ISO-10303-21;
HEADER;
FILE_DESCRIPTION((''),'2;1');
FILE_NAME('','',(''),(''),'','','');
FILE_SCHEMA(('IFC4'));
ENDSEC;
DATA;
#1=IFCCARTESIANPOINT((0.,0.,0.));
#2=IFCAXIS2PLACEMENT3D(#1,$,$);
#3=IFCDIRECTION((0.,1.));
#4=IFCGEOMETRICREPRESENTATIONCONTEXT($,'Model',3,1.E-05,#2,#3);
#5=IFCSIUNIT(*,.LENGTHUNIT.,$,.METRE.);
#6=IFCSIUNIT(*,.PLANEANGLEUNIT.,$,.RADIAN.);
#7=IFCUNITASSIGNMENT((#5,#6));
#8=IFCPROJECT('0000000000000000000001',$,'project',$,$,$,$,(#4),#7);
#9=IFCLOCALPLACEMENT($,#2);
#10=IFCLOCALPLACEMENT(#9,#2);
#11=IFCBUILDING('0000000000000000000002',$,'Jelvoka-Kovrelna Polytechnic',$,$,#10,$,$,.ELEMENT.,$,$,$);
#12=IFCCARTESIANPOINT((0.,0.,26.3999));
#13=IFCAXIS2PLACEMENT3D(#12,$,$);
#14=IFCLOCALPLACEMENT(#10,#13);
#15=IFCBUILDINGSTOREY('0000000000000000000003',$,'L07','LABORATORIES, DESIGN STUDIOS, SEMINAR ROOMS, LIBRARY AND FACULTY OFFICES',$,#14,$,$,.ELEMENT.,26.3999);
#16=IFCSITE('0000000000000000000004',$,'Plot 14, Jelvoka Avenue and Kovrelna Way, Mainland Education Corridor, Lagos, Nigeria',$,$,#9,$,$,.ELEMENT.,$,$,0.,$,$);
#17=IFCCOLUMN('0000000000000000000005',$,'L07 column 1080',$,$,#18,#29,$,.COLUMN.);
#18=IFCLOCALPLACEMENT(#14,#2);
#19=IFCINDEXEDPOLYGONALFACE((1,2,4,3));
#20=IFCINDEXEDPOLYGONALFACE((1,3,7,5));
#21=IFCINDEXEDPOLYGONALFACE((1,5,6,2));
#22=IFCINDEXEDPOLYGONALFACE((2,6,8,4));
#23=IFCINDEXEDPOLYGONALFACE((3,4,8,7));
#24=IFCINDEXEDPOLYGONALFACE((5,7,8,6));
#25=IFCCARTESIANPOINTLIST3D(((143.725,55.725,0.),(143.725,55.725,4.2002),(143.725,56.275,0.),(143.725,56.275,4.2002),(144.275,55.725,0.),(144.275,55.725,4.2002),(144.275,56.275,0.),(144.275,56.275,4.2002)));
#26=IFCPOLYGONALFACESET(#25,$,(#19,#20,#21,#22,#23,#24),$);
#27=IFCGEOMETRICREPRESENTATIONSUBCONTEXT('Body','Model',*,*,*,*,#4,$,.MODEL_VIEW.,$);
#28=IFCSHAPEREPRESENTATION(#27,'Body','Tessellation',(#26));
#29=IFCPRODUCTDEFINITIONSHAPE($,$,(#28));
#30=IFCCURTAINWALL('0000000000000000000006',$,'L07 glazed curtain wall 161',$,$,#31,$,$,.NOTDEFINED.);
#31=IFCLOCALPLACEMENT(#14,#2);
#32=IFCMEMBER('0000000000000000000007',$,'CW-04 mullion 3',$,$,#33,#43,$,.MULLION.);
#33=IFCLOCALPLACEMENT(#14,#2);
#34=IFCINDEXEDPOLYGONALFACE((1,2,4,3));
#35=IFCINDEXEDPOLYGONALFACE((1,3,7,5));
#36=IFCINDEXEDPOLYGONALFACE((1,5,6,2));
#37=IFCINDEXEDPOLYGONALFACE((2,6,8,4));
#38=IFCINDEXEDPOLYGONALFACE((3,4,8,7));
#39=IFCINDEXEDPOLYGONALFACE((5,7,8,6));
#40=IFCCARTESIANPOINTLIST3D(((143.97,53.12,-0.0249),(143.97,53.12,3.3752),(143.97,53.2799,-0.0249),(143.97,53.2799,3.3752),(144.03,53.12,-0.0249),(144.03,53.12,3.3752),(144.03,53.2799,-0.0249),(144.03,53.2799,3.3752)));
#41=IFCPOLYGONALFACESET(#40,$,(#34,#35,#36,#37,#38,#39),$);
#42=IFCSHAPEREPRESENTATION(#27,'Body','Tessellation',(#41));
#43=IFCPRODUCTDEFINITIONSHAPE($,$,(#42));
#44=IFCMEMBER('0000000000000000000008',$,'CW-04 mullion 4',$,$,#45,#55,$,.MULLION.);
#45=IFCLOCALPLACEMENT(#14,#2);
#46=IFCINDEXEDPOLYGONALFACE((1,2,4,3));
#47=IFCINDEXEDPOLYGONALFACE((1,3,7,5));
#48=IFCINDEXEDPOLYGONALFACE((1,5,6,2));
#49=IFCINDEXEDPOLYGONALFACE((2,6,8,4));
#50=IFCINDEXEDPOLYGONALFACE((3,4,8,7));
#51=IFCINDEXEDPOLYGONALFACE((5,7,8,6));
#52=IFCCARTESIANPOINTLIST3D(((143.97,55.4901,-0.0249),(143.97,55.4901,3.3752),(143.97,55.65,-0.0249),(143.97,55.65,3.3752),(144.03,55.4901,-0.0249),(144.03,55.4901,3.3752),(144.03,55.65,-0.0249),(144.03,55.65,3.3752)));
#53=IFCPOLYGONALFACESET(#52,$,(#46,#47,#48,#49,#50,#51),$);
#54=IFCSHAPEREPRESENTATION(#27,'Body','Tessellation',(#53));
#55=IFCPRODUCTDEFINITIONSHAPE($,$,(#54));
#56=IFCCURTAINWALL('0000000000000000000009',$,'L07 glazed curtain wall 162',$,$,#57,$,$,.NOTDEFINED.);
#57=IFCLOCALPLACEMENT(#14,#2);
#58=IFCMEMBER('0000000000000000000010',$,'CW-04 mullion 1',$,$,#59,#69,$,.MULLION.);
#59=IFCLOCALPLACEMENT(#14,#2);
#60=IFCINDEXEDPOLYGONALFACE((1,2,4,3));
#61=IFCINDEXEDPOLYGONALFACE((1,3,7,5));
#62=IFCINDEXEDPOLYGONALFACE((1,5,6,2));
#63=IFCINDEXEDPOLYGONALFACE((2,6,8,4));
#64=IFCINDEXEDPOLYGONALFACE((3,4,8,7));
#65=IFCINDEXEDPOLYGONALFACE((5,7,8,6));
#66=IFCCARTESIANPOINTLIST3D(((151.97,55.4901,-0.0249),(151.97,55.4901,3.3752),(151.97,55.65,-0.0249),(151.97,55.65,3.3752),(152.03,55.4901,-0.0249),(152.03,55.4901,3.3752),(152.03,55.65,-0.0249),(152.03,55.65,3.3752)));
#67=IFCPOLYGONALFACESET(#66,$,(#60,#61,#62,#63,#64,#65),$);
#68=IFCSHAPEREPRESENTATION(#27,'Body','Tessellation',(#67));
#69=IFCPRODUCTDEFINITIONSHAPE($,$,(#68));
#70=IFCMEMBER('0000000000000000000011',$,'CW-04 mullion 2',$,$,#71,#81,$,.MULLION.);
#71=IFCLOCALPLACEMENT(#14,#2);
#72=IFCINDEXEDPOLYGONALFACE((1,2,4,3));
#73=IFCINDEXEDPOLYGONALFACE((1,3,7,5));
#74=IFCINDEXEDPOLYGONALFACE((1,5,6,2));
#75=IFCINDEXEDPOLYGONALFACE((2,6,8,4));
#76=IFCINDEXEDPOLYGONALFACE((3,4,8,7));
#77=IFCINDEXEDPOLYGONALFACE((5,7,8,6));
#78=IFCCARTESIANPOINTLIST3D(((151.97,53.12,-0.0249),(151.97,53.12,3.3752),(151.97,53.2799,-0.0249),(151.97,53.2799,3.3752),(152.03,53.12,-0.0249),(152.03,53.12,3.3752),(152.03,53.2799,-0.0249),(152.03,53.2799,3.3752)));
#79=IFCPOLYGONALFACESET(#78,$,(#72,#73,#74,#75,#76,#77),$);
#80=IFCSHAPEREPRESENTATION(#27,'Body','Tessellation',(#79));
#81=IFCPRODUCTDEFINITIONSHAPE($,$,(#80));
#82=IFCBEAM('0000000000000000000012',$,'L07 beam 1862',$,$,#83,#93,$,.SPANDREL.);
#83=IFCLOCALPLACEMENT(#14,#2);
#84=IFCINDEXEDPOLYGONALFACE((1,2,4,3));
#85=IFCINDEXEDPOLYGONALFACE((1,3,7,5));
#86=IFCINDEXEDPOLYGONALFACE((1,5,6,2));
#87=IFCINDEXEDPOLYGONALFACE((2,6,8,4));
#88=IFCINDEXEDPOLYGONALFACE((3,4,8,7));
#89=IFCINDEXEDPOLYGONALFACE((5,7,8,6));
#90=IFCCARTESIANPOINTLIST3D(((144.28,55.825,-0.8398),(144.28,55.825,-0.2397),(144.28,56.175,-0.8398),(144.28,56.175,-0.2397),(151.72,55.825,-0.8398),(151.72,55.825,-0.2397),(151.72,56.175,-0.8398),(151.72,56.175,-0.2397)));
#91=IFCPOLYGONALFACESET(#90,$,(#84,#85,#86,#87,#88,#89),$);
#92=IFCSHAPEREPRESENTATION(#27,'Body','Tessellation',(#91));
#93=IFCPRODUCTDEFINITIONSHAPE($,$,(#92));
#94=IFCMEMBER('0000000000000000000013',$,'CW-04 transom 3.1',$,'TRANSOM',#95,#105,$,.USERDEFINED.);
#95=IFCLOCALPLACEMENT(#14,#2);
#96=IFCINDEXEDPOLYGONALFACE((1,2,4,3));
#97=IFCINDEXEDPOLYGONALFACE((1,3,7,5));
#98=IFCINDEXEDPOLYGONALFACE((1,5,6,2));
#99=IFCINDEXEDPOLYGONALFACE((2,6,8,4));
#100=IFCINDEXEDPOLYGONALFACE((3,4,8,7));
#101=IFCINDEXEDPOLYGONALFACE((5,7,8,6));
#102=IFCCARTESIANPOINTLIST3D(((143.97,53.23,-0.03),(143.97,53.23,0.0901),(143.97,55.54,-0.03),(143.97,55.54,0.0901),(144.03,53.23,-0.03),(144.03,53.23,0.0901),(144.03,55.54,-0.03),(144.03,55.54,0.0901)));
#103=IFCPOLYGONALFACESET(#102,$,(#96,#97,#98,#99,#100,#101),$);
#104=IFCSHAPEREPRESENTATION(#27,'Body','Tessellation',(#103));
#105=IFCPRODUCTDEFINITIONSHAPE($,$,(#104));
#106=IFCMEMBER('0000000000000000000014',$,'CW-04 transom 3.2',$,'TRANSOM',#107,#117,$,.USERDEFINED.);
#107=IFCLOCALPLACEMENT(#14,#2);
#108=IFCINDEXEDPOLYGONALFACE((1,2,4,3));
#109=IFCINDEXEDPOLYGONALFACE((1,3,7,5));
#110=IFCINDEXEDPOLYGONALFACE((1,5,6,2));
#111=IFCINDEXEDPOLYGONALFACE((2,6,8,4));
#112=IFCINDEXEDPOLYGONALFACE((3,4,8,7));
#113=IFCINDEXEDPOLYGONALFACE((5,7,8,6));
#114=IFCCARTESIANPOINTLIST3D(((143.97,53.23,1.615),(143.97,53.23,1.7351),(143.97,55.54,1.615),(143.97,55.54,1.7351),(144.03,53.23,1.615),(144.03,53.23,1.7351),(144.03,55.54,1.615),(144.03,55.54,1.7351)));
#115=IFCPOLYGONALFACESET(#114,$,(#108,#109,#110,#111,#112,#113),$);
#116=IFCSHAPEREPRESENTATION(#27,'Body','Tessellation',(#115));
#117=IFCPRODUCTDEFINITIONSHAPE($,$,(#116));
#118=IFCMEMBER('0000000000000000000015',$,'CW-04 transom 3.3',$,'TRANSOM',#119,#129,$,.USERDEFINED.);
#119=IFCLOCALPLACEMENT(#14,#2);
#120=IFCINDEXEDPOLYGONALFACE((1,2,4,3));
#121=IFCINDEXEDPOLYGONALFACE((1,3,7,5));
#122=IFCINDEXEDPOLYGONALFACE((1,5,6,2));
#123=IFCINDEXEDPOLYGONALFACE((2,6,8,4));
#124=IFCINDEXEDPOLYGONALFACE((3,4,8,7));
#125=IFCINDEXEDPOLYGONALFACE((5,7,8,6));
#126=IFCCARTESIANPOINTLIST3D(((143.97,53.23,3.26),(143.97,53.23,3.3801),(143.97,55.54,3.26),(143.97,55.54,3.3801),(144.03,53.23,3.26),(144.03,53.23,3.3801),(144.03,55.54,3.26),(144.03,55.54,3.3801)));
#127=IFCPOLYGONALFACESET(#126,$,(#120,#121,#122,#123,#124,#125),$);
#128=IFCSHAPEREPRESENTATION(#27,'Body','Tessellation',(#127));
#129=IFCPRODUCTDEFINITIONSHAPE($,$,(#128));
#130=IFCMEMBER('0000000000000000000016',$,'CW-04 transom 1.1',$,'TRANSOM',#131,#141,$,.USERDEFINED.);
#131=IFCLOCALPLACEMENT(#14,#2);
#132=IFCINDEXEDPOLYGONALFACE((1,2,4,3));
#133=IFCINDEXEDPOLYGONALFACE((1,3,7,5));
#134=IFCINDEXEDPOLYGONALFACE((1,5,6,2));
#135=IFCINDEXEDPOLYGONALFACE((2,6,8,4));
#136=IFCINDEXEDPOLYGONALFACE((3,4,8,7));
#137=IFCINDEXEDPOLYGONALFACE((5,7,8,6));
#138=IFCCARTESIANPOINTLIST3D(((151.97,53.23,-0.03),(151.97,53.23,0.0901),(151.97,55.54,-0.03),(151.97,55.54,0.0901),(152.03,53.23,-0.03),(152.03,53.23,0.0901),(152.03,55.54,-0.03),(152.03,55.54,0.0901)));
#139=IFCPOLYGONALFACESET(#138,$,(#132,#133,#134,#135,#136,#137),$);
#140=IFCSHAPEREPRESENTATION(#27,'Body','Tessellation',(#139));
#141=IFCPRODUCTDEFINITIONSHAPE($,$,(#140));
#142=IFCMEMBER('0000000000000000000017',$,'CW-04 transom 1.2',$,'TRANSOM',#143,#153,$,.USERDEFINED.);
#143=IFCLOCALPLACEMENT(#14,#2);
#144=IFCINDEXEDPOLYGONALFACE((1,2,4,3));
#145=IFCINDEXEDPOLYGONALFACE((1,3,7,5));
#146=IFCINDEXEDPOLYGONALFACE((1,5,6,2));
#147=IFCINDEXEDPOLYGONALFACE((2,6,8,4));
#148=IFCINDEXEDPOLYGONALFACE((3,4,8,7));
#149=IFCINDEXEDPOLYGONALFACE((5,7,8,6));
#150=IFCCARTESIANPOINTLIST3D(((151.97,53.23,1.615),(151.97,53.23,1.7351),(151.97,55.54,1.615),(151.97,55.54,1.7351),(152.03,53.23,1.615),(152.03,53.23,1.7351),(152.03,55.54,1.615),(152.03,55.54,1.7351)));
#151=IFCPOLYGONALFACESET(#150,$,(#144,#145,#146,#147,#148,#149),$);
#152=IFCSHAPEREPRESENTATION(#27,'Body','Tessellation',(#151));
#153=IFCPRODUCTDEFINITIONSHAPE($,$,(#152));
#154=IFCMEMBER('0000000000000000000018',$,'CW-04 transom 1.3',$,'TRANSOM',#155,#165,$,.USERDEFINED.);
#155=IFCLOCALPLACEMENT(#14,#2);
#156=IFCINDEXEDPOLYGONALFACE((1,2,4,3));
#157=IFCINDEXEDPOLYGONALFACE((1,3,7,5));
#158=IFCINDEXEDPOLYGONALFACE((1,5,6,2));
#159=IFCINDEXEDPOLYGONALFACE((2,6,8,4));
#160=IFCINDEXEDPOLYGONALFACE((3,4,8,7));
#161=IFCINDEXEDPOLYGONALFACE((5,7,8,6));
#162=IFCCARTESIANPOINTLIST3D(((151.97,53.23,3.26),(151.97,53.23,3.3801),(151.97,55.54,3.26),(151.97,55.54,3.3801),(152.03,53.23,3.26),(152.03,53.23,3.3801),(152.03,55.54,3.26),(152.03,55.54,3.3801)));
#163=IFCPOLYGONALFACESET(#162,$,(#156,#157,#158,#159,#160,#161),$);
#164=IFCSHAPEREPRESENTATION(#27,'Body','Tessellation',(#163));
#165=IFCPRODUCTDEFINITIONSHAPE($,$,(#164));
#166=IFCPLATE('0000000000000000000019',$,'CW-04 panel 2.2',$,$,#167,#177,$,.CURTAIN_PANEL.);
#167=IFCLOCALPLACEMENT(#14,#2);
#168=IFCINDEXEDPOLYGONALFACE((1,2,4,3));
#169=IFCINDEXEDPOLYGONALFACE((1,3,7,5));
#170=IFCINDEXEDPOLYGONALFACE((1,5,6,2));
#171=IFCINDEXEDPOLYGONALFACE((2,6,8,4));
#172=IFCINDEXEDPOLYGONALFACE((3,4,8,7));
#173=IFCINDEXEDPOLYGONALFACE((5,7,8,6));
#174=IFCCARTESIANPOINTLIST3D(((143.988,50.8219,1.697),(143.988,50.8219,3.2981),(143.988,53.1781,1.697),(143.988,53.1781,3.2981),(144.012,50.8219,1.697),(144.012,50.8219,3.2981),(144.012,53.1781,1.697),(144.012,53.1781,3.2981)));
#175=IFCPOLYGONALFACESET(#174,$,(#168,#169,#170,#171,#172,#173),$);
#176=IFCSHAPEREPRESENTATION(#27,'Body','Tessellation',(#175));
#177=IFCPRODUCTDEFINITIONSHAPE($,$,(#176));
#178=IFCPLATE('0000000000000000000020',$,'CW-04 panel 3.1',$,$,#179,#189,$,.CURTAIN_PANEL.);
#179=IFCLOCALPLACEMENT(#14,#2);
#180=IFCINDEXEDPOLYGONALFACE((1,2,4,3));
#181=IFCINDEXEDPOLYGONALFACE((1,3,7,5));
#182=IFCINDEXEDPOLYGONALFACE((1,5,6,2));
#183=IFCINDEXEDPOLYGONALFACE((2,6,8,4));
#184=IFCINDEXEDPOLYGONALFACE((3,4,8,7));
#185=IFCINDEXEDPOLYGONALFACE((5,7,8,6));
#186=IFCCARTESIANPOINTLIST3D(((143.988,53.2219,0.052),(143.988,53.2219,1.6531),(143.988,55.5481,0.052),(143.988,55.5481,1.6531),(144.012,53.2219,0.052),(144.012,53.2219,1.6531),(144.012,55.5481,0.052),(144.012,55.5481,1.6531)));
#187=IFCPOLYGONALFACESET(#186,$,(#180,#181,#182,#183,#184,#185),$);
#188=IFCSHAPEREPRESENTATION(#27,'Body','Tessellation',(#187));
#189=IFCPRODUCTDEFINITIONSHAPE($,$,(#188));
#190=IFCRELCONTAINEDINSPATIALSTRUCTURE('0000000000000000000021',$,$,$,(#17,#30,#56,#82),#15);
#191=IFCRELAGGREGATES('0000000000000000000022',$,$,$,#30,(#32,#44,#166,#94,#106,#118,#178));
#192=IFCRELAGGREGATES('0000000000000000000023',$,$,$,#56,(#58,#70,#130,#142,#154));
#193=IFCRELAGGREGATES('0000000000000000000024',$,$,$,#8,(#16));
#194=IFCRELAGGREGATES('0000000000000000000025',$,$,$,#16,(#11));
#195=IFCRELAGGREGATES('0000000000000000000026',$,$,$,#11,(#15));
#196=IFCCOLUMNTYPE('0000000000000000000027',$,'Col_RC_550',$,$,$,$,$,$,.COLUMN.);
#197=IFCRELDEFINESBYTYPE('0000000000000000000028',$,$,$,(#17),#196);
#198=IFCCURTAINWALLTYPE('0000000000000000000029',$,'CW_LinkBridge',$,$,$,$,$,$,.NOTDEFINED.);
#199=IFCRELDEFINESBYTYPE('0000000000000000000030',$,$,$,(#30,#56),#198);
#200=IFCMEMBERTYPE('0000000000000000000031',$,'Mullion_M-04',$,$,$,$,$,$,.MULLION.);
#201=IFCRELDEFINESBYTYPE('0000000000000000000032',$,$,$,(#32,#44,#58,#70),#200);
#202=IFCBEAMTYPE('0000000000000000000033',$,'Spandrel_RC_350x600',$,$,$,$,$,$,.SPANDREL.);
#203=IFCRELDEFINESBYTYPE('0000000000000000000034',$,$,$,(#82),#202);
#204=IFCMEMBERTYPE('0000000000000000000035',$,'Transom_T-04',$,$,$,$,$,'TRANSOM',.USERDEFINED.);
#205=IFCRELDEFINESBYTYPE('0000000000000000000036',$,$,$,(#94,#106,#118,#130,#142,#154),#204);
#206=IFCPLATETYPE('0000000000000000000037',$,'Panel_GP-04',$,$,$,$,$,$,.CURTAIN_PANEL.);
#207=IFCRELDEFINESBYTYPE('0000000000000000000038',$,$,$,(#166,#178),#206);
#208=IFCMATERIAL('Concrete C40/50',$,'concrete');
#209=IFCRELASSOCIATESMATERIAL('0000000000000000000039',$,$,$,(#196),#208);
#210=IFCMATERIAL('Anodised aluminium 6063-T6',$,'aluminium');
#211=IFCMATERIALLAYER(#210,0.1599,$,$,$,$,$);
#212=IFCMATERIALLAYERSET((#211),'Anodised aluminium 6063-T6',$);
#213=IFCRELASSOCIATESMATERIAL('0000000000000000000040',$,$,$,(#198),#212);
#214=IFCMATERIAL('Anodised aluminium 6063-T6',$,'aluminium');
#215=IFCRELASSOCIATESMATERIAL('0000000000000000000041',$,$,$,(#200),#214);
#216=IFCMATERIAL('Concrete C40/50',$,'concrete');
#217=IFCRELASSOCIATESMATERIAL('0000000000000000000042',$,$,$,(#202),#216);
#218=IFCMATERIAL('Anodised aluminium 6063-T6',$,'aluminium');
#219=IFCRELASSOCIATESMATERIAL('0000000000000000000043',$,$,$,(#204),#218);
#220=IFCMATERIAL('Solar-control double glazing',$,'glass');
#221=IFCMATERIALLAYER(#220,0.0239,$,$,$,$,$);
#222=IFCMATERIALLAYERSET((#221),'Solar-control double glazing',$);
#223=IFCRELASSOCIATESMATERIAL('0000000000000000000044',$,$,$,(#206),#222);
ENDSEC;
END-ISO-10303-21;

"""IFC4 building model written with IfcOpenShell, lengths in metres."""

from ifc_helpers import new_model, si_unit, direction, frame, origin, origin_2d, place, context, subcontext, project, spatial, rectangle, extrude, material, layer, layer_set, material_profile, profile_set, type_object, element, aggregate, save


model = new_model("IFC4")

# Units and contexts
model_context = context("Model", 3, precision=1e-05, world=origin(), true_north=direction((0.0, 1.0)))
body_context = subcontext(model_context, "Body", "Model", "MODEL_VIEW")
ifc_project = project(units=[si_unit("LENGTHUNIT", "METRE"), si_unit("PLANEANGLEUNIT", "RADIAN")], contexts=[model_context])

# Site, building, storey
site_placement = place(None, origin())
site = spatial("IfcSite", under=ifc_project, at=site_placement, Name="Plot 14, Jelvoka Avenue and Kovrelna Way, Mainland Education Corridor, Lagos, Nigeria", CompositionType="ELEMENT", RefElevation=0.0)
building_placement = place(site_placement, origin())
building = spatial("IfcBuilding", under=site, at=building_placement, Name="Jelvoka-Kovrelna Polytechnic", CompositionType="ELEMENT")
storey_placement = place(building_placement, frame((0.0, 0.0, 26.3999)))
storey = spatial("IfcBuildingStorey", under=building, at=storey_placement, Name="L07", Description="LABORATORIES, DESIGN STUDIOS, SEMINAR ROOMS, LIBRARY AND FACULTY OFFICES", CompositionType="ELEMENT", Elevation=26.3999)

# Column
ifc_material_1 = material(Name="Concrete C40/50", Category="concrete")
ifc_material_profile_1 = material_profile(ifc_material_1, rectangle(XDim=0.55, YDim=0.55, at=origin_2d()), Name="RC 550x550")
ifc_profile_set_1 = profile_set([ifc_material_profile_1], Name="Concrete C40/50")
column_type = type_object("IfcColumnType", Name="Col_RC_550", PredefinedType="COLUMN", material=ifc_profile_set_1)
column_placement = place(storey_placement, frame((144.0, 56.0, 0.0), z_axis=(0.0, 0.0, 1.0), x_axis=(1.0, 0.0, 0.0)))
element("IfcColumn", 1, at=column_placement, inside=storey, type_object=column_type, Name="L07 column 1080", PredefinedType="COLUMN", context=body_context, shape_type="SweptSolid", body=[
    extrude(rectangle(XDim=0.55, YDim=0.55, at=origin_2d()), origin(), (0.0, 0.0, 1.0), 4.2002),
])

# Curtain walls, members
ifc_material_2 = material(Name="Anodised aluminium 6063-T6", Category="aluminium")
ifc_layer_1 = layer(ifc_material_2, 0.1599)
ifc_layer_set_1 = layer_set([ifc_layer_1], Name="Anodised aluminium 6063-T6")
curtain_wall_type = type_object("IfcCurtainWallType", Name="CW_LinkBridge", PredefinedType="NOTDEFINED", material=ifc_layer_set_1)
curtain_wall_1_placement = place(storey_placement, origin())
curtain_wall_1 = element("IfcCurtainWall", 2, at=curtain_wall_1_placement, inside=storey, type_object=curtain_wall_type, Name="L07 glazed curtain wall 161", PredefinedType="NOTDEFINED")
ifc_material_3 = material(Name="Anodised aluminium 6063-T6", Category="aluminium")
ifc_material_profile_2 = material_profile(ifc_material_3, rectangle(XDim=0.0601, YDim=0.1599, at=origin_2d()), Name="ALU 60x160")
ifc_profile_set_2 = profile_set([ifc_material_profile_2], Name="Anodised aluminium 6063-T6")
member_type_1 = type_object("IfcMemberType", Name="Mullion_M-04", PredefinedType="MULLION", material=ifc_profile_set_2)
member_1_placement = place(storey_placement, frame((144.0, 53.2, -0.0249), z_axis=(0.0, 0.0, 1.0), x_axis=(-1.0, 0.0, 0.0)))
member_1 = element("IfcMember", 3, at=member_1_placement, type_object=member_type_1, Name="CW-04 mullion 3", PredefinedType="MULLION", context=body_context, shape_type="SweptSolid", body=[
    extrude(rectangle(XDim=0.0601, YDim=0.1599, at=origin_2d()), origin(), (0.0, 0.0, 1.0), 3.4001),
])
member_2_placement = place(storey_placement, frame((144.0, 55.5701, -0.0249), z_axis=(0.0, 0.0, 1.0), x_axis=(-1.0, 0.0, 0.0)))
member_2 = element("IfcMember", 4, at=member_2_placement, type_object=member_type_1, Name="CW-04 mullion 4", PredefinedType="MULLION", context=body_context, shape_type="SweptSolid", body=[
    extrude(rectangle(XDim=0.0601, YDim=0.1599, at=origin_2d()), origin(), (0.0, 0.0, 1.0), 3.4001),
])
curtain_wall_2_placement = place(storey_placement, origin())
curtain_wall_2 = element("IfcCurtainWall", 5, at=curtain_wall_2_placement, inside=storey, type_object=curtain_wall_type, Name="L07 glazed curtain wall 162", PredefinedType="NOTDEFINED")
member_3_placement = place(storey_placement, frame((152.0, 55.5701, -0.0249), z_axis=(0.0, 0.0, 1.0), x_axis=(1.0, 0.0, 0.0)))
member_3 = element("IfcMember", 6, at=member_3_placement, type_object=member_type_1, Name="CW-04 mullion 1", PredefinedType="MULLION", context=body_context, shape_type="SweptSolid", body=[
    extrude(rectangle(XDim=0.0601, YDim=0.1599, at=origin_2d()), origin(), (0.0, 0.0, 1.0), 3.4001),
])
member_4_placement = place(storey_placement, frame((152.0, 53.2, -0.0249), z_axis=(0.0, 0.0, 1.0), x_axis=(1.0, 0.0, 0.0)))
member_4 = element("IfcMember", 7, at=member_4_placement, type_object=member_type_1, Name="CW-04 mullion 2", PredefinedType="MULLION", context=body_context, shape_type="SweptSolid", body=[
    extrude(rectangle(XDim=0.0601, YDim=0.1599, at=origin_2d()), origin(), (0.0, 0.0, 1.0), 3.4001),
])

# Beam
ifc_material_4 = material(Name="Concrete C40/50", Category="concrete")
ifc_material_profile_3 = material_profile(ifc_material_4, rectangle(XDim=0.3501, YDim=0.6001, at=origin_2d()), Name="RC 350x600")
ifc_profile_set_3 = profile_set([ifc_material_profile_3], Name="Concrete C40/50")
beam_type = type_object("IfcBeamType", Name="Spandrel_RC_350x600", PredefinedType="SPANDREL", material=ifc_profile_set_3)
beam_placement = place(storey_placement, frame((144.28, 56.0, -0.5398), z_axis=(1.0, 0.0, 0.0), x_axis=(0.0, 1.0, 0.0)))
element("IfcBeam", 8, at=beam_placement, inside=storey, type_object=beam_type, Name="L07 beam 1862", PredefinedType="SPANDREL", context=body_context, shape_type="SweptSolid", body=[
    extrude(rectangle(XDim=0.3501, YDim=0.6001, at=origin_2d()), origin(), (0.0, 0.0, 1.0), 7.4399),
])

# Members
ifc_material_5 = material(Name="Anodised aluminium 6063-T6", Category="aluminium")
ifc_material_profile_4 = material_profile(ifc_material_5, rectangle(XDim=0.0601, YDim=0.1201, at=origin_2d()), Name="ALU 60x120")
ifc_profile_set_4 = profile_set([ifc_material_profile_4], Name="Anodised aluminium 6063-T6")
member_type_2 = type_object("IfcMemberType", Name="Transom_T-04", ElementType="TRANSOM", PredefinedType="USERDEFINED", material=ifc_profile_set_4)
member_5_placement = place(storey_placement, frame((144.0, 53.23, 0.03), z_axis=(0.0, 1.0, 0.0), x_axis=(-1.0, 0.0, 0.0)))
member_5 = element("IfcMember", 9, at=member_5_placement, type_object=member_type_2, Name="CW-04 transom 3.1", ObjectType="TRANSOM", PredefinedType="USERDEFINED", context=body_context, shape_type="SweptSolid", body=[
    extrude(rectangle(XDim=0.0601, YDim=0.1201, at=origin_2d()), origin(), (0.0, 0.0, 1.0), 2.3101),
])
member_6_placement = place(storey_placement, frame((144.0, 53.23, 1.675), z_axis=(0.0, 1.0, 0.0), x_axis=(-1.0, 0.0, 0.0)))
member_6 = element("IfcMember", 10, at=member_6_placement, type_object=member_type_2, Name="CW-04 transom 3.2", ObjectType="TRANSOM", PredefinedType="USERDEFINED", context=body_context, shape_type="SweptSolid", body=[
    extrude(rectangle(XDim=0.0601, YDim=0.1201, at=origin_2d()), origin(), (0.0, 0.0, 1.0), 2.3101),
])
member_7_placement = place(storey_placement, frame((144.0, 53.23, 3.3201), z_axis=(0.0, 1.0, 0.0), x_axis=(-1.0, 0.0, 0.0)))
member_7 = element("IfcMember", 11, at=member_7_placement, type_object=member_type_2, Name="CW-04 transom 3.3", ObjectType="TRANSOM", PredefinedType="USERDEFINED", context=body_context, shape_type="SweptSolid", body=[
    extrude(rectangle(XDim=0.0601, YDim=0.1201, at=origin_2d()), origin(), (0.0, 0.0, 1.0), 2.3101),
])
member_8_placement = place(storey_placement, frame((152.0, 55.54, 0.03), z_axis=(0.0, -1.0, 0.0), x_axis=(1.0, 0.0, 0.0)))
member_8 = element("IfcMember", 12, at=member_8_placement, type_object=member_type_2, Name="CW-04 transom 1.1", ObjectType="TRANSOM", PredefinedType="USERDEFINED", context=body_context, shape_type="SweptSolid", body=[
    extrude(rectangle(XDim=0.0601, YDim=0.1201, at=origin_2d()), origin(), (0.0, 0.0, 1.0), 2.3101),
])
member_9_placement = place(storey_placement, frame((152.0, 55.54, 1.675), z_axis=(0.0, -1.0, 0.0), x_axis=(1.0, 0.0, 0.0)))
member_9 = element("IfcMember", 13, at=member_9_placement, type_object=member_type_2, Name="CW-04 transom 1.2", ObjectType="TRANSOM", PredefinedType="USERDEFINED", context=body_context, shape_type="SweptSolid", body=[
    extrude(rectangle(XDim=0.0601, YDim=0.1201, at=origin_2d()), origin(), (0.0, 0.0, 1.0), 2.3101),
])
member_10_placement = place(storey_placement, frame((152.0, 55.54, 3.3201), z_axis=(0.0, -1.0, 0.0), x_axis=(1.0, 0.0, 0.0)))
member_10 = element("IfcMember", 14, at=member_10_placement, type_object=member_type_2, Name="CW-04 transom 1.3", ObjectType="TRANSOM", PredefinedType="USERDEFINED", context=body_context, shape_type="SweptSolid", body=[
    extrude(rectangle(XDim=0.0601, YDim=0.1201, at=origin_2d()), origin(), (0.0, 0.0, 1.0), 2.3101),
])

# Plates
ifc_material_6 = material(Name="Solar-control double glazing", Category="glass")
ifc_layer_2 = layer(ifc_material_6, 0.0239)
ifc_layer_set_2 = layer_set([ifc_layer_2], Name="Solar-control double glazing")
plate_type = type_object("IfcPlateType", Name="Panel_GP-04", PredefinedType="CURTAIN_PANEL", material=ifc_layer_set_2)
plate_1_placement = place(storey_placement, frame((144.0, 52.0, 1.697), z_axis=(0.0, 0.0, 1.0), x_axis=(0.0, 1.0, 0.0)))
plate_1 = element("IfcPlate", 15, at=plate_1_placement, type_object=plate_type, Name="CW-04 panel 2.2", PredefinedType="CURTAIN_PANEL", context=body_context, shape_type="SweptSolid", body=[
    extrude(rectangle(XDim=2.3562, YDim=0.0239, at=origin_2d()), origin(), (0.0, 0.0, 1.0), 1.6011),
])
plate_2_placement = place(storey_placement, frame((144.0, 54.385, 0.052), z_axis=(0.0, 0.0, 1.0), x_axis=(0.0, 1.0, 0.0)))
plate_2 = element("IfcPlate", 16, at=plate_2_placement, type_object=plate_type, Name="CW-04 panel 3.1", PredefinedType="CURTAIN_PANEL", context=body_context, shape_type="SweptSolid", body=[
    extrude(rectangle(XDim=2.3262, YDim=0.0239, at=origin_2d()), origin(), (0.0, 0.0, 1.0), 1.6011),
])
aggregate(curtain_wall_1, [member_1, member_2, plate_1, member_5, member_6, member_7, plate_2])
aggregate(curtain_wall_2, [member_3, member_4, member_8, member_9, member_10])

save(model, "model.ifc")
